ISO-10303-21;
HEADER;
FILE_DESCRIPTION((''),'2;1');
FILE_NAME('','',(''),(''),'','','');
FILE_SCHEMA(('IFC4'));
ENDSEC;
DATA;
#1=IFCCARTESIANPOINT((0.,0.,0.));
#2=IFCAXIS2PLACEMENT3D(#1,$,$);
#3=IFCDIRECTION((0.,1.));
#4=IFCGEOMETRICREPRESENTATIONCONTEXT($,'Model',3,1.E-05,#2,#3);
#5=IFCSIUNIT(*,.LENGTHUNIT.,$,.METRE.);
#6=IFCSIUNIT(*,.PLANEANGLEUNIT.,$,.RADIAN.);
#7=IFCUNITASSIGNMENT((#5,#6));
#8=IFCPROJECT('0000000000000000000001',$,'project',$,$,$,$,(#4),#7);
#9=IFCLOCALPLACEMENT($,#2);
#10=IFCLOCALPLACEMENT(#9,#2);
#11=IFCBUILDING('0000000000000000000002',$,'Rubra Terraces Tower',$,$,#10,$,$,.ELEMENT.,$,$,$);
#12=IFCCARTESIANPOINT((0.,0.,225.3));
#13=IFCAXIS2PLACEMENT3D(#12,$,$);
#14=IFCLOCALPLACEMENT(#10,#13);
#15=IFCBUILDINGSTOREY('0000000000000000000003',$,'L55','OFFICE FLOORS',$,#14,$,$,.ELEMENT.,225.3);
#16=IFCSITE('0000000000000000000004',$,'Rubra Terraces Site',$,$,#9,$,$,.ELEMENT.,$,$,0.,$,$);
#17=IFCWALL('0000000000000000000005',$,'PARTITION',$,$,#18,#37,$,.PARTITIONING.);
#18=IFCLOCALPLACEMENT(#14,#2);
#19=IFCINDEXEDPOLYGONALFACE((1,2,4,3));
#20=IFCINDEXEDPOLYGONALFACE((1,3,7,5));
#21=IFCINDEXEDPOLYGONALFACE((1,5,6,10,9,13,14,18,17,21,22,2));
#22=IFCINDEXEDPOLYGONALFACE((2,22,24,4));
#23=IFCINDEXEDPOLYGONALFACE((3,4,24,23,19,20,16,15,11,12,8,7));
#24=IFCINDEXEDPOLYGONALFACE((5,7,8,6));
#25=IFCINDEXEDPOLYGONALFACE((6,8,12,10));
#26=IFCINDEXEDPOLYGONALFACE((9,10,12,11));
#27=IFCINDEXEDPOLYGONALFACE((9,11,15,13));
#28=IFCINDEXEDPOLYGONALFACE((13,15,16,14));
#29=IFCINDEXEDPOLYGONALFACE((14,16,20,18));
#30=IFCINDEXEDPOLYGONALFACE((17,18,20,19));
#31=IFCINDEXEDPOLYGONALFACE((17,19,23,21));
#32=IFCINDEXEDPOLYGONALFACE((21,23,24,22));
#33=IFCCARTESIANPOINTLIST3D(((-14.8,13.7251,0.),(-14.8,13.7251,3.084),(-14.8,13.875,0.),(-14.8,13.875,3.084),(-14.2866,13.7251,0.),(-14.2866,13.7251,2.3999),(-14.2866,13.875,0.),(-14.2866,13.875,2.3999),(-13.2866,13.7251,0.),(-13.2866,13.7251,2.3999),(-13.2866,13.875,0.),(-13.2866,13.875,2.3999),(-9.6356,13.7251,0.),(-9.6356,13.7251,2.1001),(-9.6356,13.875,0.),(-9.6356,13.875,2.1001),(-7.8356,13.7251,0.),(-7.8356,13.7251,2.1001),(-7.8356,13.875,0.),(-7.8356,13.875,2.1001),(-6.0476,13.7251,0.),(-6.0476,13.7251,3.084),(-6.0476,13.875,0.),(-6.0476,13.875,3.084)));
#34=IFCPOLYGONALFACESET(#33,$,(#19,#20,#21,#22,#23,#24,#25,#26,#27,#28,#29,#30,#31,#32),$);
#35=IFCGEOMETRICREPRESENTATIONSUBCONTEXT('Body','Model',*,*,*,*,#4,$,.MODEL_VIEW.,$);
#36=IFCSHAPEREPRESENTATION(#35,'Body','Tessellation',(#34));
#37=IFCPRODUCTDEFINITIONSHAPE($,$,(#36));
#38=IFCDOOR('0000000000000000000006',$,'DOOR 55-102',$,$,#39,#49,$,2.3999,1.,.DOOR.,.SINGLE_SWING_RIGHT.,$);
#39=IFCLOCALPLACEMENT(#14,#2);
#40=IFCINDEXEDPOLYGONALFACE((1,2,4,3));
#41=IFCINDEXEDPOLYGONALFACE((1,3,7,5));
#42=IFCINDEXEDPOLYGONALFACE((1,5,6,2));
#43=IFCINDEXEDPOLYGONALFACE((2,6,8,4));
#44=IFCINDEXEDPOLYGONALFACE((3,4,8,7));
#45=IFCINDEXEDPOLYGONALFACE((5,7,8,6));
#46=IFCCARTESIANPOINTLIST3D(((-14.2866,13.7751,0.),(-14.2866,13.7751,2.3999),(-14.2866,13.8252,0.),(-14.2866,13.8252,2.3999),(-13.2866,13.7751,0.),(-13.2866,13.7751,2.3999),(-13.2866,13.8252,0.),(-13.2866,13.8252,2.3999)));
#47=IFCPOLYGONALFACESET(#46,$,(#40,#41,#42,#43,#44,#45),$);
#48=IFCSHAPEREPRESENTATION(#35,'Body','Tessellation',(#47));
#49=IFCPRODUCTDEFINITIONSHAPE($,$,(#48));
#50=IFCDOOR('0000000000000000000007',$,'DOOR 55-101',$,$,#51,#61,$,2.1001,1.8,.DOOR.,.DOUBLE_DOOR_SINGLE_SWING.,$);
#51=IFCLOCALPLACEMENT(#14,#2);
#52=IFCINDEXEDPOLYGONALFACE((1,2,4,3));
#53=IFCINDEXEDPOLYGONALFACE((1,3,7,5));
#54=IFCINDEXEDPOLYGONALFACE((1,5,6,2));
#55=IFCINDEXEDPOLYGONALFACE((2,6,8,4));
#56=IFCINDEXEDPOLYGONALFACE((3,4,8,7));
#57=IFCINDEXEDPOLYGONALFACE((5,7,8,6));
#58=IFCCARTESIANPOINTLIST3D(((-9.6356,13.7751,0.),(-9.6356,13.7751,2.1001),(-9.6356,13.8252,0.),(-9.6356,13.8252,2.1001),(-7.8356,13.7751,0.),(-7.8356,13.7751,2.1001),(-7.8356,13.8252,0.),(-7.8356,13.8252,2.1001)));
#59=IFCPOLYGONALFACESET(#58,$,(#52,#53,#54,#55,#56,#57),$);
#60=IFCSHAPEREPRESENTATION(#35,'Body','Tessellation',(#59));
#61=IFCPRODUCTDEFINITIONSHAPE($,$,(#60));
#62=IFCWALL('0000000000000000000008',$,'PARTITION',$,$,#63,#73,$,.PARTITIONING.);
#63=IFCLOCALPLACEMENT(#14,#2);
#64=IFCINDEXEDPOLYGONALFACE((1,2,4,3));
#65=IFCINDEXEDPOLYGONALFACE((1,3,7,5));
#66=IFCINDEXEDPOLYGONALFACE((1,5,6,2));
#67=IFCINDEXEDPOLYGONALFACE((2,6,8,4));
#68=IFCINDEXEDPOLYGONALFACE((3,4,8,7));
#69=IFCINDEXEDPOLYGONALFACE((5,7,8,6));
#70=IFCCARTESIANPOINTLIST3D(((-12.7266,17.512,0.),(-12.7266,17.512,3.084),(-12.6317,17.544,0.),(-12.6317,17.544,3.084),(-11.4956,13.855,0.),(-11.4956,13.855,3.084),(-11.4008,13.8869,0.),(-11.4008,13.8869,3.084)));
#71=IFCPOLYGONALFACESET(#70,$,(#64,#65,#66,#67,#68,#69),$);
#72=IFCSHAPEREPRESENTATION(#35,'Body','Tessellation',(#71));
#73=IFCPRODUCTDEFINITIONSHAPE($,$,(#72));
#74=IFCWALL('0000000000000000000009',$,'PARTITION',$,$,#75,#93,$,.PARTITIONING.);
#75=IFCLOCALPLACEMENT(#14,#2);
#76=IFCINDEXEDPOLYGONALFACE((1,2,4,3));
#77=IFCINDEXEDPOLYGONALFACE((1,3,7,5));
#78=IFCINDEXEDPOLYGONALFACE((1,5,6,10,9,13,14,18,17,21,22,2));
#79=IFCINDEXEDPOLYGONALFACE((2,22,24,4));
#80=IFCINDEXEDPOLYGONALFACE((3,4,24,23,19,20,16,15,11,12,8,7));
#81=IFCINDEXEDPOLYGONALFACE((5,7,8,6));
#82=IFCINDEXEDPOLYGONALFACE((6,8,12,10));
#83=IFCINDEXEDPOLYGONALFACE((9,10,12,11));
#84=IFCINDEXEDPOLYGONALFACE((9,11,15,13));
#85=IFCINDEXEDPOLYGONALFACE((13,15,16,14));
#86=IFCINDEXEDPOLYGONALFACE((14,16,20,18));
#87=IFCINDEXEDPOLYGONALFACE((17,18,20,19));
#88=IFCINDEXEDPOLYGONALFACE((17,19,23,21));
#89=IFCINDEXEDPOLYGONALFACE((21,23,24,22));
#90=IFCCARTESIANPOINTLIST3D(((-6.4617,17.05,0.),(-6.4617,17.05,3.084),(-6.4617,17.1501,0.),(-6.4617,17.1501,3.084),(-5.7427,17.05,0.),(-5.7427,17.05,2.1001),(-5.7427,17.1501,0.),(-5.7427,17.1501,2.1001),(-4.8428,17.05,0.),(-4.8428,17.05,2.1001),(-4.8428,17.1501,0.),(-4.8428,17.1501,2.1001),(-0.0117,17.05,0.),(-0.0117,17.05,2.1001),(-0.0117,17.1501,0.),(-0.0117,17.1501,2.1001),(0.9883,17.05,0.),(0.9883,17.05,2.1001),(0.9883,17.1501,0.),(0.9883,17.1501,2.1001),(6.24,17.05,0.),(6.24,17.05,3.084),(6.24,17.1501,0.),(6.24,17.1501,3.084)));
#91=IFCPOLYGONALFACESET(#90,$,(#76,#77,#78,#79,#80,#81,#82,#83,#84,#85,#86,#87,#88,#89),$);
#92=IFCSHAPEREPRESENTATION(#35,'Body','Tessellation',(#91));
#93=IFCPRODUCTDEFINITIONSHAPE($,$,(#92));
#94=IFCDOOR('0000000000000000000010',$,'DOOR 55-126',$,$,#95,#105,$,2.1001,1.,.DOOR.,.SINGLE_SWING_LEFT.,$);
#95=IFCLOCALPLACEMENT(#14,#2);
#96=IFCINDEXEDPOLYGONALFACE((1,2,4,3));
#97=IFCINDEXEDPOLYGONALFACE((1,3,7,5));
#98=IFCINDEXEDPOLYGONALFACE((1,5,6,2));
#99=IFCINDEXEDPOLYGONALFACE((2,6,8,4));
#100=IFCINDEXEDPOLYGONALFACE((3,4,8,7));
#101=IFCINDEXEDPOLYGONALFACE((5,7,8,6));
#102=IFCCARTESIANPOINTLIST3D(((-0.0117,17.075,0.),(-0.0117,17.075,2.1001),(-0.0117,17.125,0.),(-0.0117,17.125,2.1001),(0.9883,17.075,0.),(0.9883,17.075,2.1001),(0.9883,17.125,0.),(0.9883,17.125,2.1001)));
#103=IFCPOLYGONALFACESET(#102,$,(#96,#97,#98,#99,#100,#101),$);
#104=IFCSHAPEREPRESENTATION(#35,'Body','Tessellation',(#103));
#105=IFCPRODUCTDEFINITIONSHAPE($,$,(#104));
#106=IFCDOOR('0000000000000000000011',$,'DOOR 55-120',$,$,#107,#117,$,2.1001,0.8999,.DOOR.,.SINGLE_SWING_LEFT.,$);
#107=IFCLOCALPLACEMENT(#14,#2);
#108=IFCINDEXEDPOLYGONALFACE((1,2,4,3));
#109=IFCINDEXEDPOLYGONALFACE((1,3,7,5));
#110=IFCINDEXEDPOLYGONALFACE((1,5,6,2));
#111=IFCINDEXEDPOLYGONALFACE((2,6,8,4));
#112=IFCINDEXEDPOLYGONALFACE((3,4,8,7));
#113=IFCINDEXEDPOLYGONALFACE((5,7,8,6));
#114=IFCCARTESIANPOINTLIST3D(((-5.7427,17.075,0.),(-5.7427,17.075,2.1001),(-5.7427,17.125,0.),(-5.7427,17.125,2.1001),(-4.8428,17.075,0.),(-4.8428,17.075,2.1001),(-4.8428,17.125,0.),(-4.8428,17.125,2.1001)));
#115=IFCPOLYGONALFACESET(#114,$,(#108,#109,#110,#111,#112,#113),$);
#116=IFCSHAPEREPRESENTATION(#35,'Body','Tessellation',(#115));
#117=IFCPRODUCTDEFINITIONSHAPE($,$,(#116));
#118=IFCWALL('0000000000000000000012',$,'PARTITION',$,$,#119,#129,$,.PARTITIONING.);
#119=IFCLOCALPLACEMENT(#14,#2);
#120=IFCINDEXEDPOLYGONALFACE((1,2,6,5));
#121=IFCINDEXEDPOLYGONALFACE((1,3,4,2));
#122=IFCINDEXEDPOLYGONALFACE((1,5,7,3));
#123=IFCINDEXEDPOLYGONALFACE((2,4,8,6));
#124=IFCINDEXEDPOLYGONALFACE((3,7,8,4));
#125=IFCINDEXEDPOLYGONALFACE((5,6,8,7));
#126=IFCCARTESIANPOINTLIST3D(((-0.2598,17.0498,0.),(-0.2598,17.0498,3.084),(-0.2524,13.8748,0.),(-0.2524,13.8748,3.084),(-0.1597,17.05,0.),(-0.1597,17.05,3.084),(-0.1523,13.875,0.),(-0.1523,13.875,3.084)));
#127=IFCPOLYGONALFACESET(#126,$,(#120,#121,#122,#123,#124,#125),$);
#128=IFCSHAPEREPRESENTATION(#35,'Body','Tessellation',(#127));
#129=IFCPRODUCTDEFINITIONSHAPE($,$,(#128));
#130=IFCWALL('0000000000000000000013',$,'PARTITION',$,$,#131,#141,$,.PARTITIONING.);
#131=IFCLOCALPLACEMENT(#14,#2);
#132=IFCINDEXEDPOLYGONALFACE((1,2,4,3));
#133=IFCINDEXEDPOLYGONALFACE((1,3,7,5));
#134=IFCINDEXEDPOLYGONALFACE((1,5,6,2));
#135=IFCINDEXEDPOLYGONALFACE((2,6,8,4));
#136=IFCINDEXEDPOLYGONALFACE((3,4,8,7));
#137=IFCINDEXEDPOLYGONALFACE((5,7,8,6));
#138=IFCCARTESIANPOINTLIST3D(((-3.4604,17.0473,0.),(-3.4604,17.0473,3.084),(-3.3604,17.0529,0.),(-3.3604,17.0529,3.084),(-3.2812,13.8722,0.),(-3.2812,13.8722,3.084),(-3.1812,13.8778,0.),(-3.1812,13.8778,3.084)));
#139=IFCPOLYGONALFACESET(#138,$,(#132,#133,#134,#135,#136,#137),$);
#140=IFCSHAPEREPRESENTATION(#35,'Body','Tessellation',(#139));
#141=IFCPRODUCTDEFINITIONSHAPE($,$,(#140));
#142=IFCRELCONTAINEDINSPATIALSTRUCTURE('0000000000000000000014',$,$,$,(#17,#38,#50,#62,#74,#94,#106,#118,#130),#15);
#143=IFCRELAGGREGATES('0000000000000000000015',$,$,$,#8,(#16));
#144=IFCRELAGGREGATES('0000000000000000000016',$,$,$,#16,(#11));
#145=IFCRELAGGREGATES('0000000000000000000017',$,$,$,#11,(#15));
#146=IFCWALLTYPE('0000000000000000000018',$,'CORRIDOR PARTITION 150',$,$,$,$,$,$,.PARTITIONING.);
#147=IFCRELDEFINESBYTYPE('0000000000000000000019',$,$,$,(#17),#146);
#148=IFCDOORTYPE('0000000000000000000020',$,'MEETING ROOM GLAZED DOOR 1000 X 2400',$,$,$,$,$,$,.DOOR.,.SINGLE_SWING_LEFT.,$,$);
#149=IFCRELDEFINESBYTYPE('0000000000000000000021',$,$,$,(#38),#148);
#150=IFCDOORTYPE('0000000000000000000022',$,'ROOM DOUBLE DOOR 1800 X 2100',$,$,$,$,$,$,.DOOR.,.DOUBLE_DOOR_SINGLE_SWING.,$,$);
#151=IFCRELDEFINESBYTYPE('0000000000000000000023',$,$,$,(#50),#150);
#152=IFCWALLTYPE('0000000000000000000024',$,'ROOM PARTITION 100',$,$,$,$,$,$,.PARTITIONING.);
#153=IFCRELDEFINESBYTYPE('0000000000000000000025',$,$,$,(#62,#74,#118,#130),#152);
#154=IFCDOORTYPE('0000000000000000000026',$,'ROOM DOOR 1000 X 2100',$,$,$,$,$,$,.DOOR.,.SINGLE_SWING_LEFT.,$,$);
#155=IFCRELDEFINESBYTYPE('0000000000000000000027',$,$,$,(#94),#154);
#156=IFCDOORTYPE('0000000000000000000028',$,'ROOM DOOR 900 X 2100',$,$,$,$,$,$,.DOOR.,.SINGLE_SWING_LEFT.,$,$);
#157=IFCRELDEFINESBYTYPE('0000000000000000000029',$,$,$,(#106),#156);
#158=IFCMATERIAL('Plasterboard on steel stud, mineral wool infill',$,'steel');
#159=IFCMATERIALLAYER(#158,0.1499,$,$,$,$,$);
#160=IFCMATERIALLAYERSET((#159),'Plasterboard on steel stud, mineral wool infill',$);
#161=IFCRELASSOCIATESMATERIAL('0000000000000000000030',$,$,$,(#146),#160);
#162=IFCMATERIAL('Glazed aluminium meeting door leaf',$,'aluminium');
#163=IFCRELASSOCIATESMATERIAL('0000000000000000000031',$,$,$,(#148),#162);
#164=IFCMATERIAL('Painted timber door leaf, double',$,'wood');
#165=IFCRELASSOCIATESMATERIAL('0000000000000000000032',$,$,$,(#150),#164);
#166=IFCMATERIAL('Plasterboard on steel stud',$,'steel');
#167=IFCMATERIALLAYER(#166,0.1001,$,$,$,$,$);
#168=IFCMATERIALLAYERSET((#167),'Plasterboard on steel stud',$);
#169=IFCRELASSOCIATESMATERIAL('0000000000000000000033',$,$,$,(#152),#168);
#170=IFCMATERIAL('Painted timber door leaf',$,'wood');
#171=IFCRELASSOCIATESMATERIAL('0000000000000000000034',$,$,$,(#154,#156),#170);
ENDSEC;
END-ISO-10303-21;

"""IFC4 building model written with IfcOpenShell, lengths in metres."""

from ifc_helpers import new_model, si_unit, direction, frame, frame_2d, origin, place, context, subcontext, project, spatial, rectangle, extrude, material, layer, layer_set, type_object, element, fill, save


model = new_model("IFC4")

# Units and contexts
model_context = context("Model", 3, precision=1e-05, world=origin(), true_north=direction((0.0, 1.0)))
body_context = subcontext(model_context, "Body", "Model", "MODEL_VIEW")
ifc_project = project(units=[si_unit("LENGTHUNIT", "METRE"), si_unit("PLANEANGLEUNIT", "RADIAN")], contexts=[model_context])

# Site, building, storey
site_placement = place(None, origin())
site = spatial("IfcSite", under=ifc_project, at=site_placement, Name="Rubra Terraces Site", CompositionType="ELEMENT", RefElevation=0.0)
building_placement = place(site_placement, origin())
building = spatial("IfcBuilding", under=site, at=building_placement, Name="Rubra Terraces Tower", CompositionType="ELEMENT")
storey_placement = place(building_placement, frame((0.0, 0.0, 225.3)))
storey = spatial("IfcBuildingStorey", under=building, at=storey_placement, Name="L55", Description="OFFICE FLOORS", CompositionType="ELEMENT", Elevation=225.3)

# Wall, openings, doors
ifc_material_1 = material(Name="Plasterboard on steel stud, mineral wool infill", Category="steel")
ifc_layer_1 = layer(ifc_material_1, 0.1499)
ifc_layer_set_1 = layer_set([ifc_layer_1], Name="Plasterboard on steel stud, mineral wool infill")
wall_type_1 = type_object("IfcWallType", Name="CORRIDOR PARTITION 150", PredefinedType="PARTITIONING", material=ifc_layer_set_1)
wall_1_placement = place(storey_placement, frame((-6.0476, 13.8, 0.0), z_axis=(0.0, 0.0, 1.0), x_axis=(-1.0, 0.0, 0.0)))
wall_1 = element("IfcWall", 1, at=wall_1_placement, inside=storey, type_object=wall_type_1, Name="PARTITION", PredefinedType="PARTITIONING", context=body_context, shape_type="SweptSolid", body=[
    extrude(rectangle(XDim=8.7524, YDim=0.1499, at=frame_2d((4.3762, 0.0))), origin(), (0.0, 0.0, 1.0), 3.084),
])
opening_1_placement = place(wall_1_placement, frame((1.7881, 0.0, 0.0)))
opening_1 = element("IfcOpeningElement", 2, at=opening_1_placement, cuts=wall_1, PredefinedType="OPENING", context=body_context, shape_type="SweptSolid", body=[
    extrude(rectangle(XDim=1.8, YDim=2.1001, at=frame_2d((0.8999, 1.05))), frame((0.0, 0.085, 0.0), z_axis=(0.0, -1.0, 0.0), x_axis=(1.0, 0.0, 0.0)), (0.0, 0.0, 1.0), 0.1699),
])
opening_2_placement = place(wall_1_placement, frame((7.239, 0.0, 0.0)))
opening_2 = element("IfcOpeningElement", 3, at=opening_2_placement, cuts=wall_1, PredefinedType="OPENING", context=body_context, shape_type="SweptSolid", body=[
    extrude(rectangle(XDim=1.0, YDim=2.3999, at=frame_2d((0.5, 1.2))), frame((0.0, 0.085, 0.0), z_axis=(0.0, -1.0, 0.0), x_axis=(1.0, 0.0, 0.0)), (0.0, 0.0, 1.0), 0.1699),
])
ifc_material_2 = material(Name="Glazed aluminium meeting door leaf", Category="aluminium")
door_type_1 = type_object("IfcDoorType", Name="MEETING ROOM GLAZED DOOR 1000 X 2400", OperationType="SINGLE_SWING_LEFT", PredefinedType="DOOR", material=ifc_material_2)
door_1_placement = place(opening_2_placement, origin())
door_1 = element("IfcDoor", 4, at=door_1_placement, inside=storey, type_object=door_type_1, Name="DOOR 55-102", OperationType="SINGLE_SWING_RIGHT", OverallHeight=2.3999, OverallWidth=1.0, PredefinedType="DOOR", context=body_context, shape_type="SweptSolid", body=[
    extrude(rectangle(XDim=1.0, YDim=2.3999, at=frame_2d((0.5, 1.2))), frame((0.0, 0.0249, 0.0), z_axis=(0.0, -1.0, 0.0), x_axis=(1.0, 0.0, 0.0)), (0.0, 0.0, 1.0), 0.05),
])
fill(opening_2, door_1)
ifc_material_3 = material(Name="Painted timber door leaf, double", Category="wood")
door_type_2 = type_object("IfcDoorType", Name="ROOM DOUBLE DOOR 1800 X 2100", OperationType="DOUBLE_DOOR_SINGLE_SWING", PredefinedType="DOOR", material=ifc_material_3)
door_2_placement = place(opening_1_placement, origin())
door_2 = element("IfcDoor", 5, at=door_2_placement, inside=storey, type_object=door_type_2, Name="DOOR 55-101", OperationType="DOUBLE_DOOR_SINGLE_SWING", OverallHeight=2.1001, OverallWidth=1.8, PredefinedType="DOOR", context=body_context, shape_type="SweptSolid", body=[
    extrude(rectangle(XDim=1.8, YDim=2.1001, at=frame_2d((0.8999, 1.05))), frame((0.0, 0.0249, 0.0), z_axis=(0.0, -1.0, 0.0), x_axis=(1.0, 0.0, 0.0)), (0.0, 0.0, 1.0), 0.05),
])
fill(opening_1, door_2)

# Wall
ifc_material_4 = material(Name="Plasterboard on steel stud", Category="steel")
ifc_layer_2 = layer(ifc_material_4, 0.1001)
ifc_layer_set_2 = layer_set([ifc_layer_2], Name="Plasterboard on steel stud")
wall_type_2 = type_object("IfcWallType", Name="ROOM PARTITION 100", PredefinedType="PARTITIONING", material=ifc_layer_set_2)
wall_2_placement = place(storey_placement, frame((-11.4482, 13.8711, 0.0), z_axis=(0.0, 0.0, 1.0), x_axis=(-0.319017, 0.947749, 0.0)))
element("IfcWall", 6, at=wall_2_placement, inside=storey, type_object=wall_type_2, Name="PARTITION", PredefinedType="PARTITIONING", context=body_context, shape_type="SweptSolid", body=[
    extrude(rectangle(XDim=3.8586, YDim=0.1001, at=frame_2d((1.9292, 0.0))), origin(), (0.0, 0.0, 1.0), 3.084),
])

# Wall, openings, doors
wall_3_placement = place(storey_placement, frame((-6.4617, 17.1001, 0.0), z_axis=(0.0, 0.0, 1.0), x_axis=(1.0, 0.0, 0.0)))
wall_3 = element("IfcWall", 7, at=wall_3_placement, inside=storey, type_object=wall_type_2, Name="PARTITION", PredefinedType="PARTITIONING", context=body_context, shape_type="SweptSolid", body=[
    extrude(rectangle(XDim=12.7017, YDim=0.1001, at=frame_2d((6.3508, 0.0))), origin(), (0.0, 0.0, 1.0), 3.084),
])
opening_3_placement = place(wall_3_placement, frame((0.719, 0.0, 0.0)))
opening_3 = element("IfcOpeningElement", 8, at=opening_3_placement, cuts=wall_3, PredefinedType="OPENING", context=body_context, shape_type="SweptSolid", body=[
    extrude(rectangle(XDim=0.8999, YDim=2.1001, at=frame_2d((0.45, 1.05))), frame((0.0, 0.0601, 0.0), z_axis=(0.0, -1.0, 0.0), x_axis=(1.0, 0.0, 0.0)), (0.0, 0.0, 1.0), 0.1201),
])
opening_4_placement = place(wall_3_placement, frame((6.45, 0.0, 0.0)))
opening_4 = element("IfcOpeningElement", 9, at=opening_4_placement, cuts=wall_3, PredefinedType="OPENING", context=body_context, shape_type="SweptSolid", body=[
    extrude(rectangle(XDim=1.0, YDim=2.1001, at=frame_2d((0.5, 1.05))), frame((0.0, 0.0601, 0.0), z_axis=(0.0, -1.0, 0.0), x_axis=(1.0, 0.0, 0.0)), (0.0, 0.0, 1.0), 0.1201),
])
ifc_material_5 = material(Name="Painted timber door leaf", Category="wood")
door_type_3 = type_object("IfcDoorType", Name="ROOM DOOR 1000 X 2100", OperationType="SINGLE_SWING_LEFT", PredefinedType="DOOR", material=ifc_material_5)
door_3_placement = place(opening_4_placement, origin())
door_3 = element("IfcDoor", 10, at=door_3_placement, inside=storey, type_object=door_type_3, Name="DOOR 55-126", OperationType="SINGLE_SWING_LEFT", OverallHeight=2.1001, OverallWidth=1.0, PredefinedType="DOOR", context=body_context, shape_type="SweptSolid", body=[
    extrude(rectangle(XDim=1.0, YDim=2.1001, at=frame_2d((0.5, 1.05))), frame((0.0, 0.0249, 0.0), z_axis=(0.0, -1.0, 0.0), x_axis=(1.0, 0.0, 0.0)), (0.0, 0.0, 1.0), 0.05),
])
fill(opening_4, door_3)
door_type_4 = type_object("IfcDoorType", Name="ROOM DOOR 900 X 2100", OperationType="SINGLE_SWING_LEFT", PredefinedType="DOOR", material=ifc_material_5)
door_4_placement = place(opening_3_placement, origin())
door_4 = element("IfcDoor", 11, at=door_4_placement, inside=storey, type_object=door_type_4, Name="DOOR 55-120", OperationType="SINGLE_SWING_LEFT", OverallHeight=2.1001, OverallWidth=0.8999, PredefinedType="DOOR", context=body_context, shape_type="SweptSolid", body=[
    extrude(rectangle(XDim=0.8999, YDim=2.1001, at=frame_2d((0.45, 1.05))), frame((0.0, 0.0249, 0.0), z_axis=(0.0, -1.0, 0.0), x_axis=(1.0, 0.0, 0.0)), (0.0, 0.0, 1.0), 0.05),
])
fill(opening_3, door_4)

# Walls
wall_4_placement = place(storey_placement, frame((-0.2024, 13.875, 0.0), z_axis=(0.0, 0.0, 1.0), x_axis=(-0.002307, 0.999997, 0.0)))
element("IfcWall", 12, at=wall_4_placement, inside=storey, type_object=wall_type_2, Name="PARTITION", PredefinedType="PARTITIONING", context=body_context, shape_type="SweptSolid", body=[
    extrude(rectangle(XDim=3.175, YDim=0.1001, at=frame_2d((1.5874, 0.0))), origin(), (0.0, 0.0, 1.0), 3.084),
])
wall_5_placement = place(storey_placement, frame((-3.2312, 13.875, 0.0), z_axis=(0.0, 0.0, 1.0), x_axis=(-0.05635, 0.998411, 0.0)))
element("IfcWall", 13, at=wall_5_placement, inside=storey, type_object=wall_type_2, Name="PARTITION", PredefinedType="PARTITIONING", context=body_context, shape_type="SweptSolid", body=[
    extrude(rectangle(XDim=3.1802, YDim=0.1001, at=frame_2d((1.5901, 0.0))), origin(), (0.0, 0.0, 1.0), 3.084),
])

save(model, "model.ifc")
